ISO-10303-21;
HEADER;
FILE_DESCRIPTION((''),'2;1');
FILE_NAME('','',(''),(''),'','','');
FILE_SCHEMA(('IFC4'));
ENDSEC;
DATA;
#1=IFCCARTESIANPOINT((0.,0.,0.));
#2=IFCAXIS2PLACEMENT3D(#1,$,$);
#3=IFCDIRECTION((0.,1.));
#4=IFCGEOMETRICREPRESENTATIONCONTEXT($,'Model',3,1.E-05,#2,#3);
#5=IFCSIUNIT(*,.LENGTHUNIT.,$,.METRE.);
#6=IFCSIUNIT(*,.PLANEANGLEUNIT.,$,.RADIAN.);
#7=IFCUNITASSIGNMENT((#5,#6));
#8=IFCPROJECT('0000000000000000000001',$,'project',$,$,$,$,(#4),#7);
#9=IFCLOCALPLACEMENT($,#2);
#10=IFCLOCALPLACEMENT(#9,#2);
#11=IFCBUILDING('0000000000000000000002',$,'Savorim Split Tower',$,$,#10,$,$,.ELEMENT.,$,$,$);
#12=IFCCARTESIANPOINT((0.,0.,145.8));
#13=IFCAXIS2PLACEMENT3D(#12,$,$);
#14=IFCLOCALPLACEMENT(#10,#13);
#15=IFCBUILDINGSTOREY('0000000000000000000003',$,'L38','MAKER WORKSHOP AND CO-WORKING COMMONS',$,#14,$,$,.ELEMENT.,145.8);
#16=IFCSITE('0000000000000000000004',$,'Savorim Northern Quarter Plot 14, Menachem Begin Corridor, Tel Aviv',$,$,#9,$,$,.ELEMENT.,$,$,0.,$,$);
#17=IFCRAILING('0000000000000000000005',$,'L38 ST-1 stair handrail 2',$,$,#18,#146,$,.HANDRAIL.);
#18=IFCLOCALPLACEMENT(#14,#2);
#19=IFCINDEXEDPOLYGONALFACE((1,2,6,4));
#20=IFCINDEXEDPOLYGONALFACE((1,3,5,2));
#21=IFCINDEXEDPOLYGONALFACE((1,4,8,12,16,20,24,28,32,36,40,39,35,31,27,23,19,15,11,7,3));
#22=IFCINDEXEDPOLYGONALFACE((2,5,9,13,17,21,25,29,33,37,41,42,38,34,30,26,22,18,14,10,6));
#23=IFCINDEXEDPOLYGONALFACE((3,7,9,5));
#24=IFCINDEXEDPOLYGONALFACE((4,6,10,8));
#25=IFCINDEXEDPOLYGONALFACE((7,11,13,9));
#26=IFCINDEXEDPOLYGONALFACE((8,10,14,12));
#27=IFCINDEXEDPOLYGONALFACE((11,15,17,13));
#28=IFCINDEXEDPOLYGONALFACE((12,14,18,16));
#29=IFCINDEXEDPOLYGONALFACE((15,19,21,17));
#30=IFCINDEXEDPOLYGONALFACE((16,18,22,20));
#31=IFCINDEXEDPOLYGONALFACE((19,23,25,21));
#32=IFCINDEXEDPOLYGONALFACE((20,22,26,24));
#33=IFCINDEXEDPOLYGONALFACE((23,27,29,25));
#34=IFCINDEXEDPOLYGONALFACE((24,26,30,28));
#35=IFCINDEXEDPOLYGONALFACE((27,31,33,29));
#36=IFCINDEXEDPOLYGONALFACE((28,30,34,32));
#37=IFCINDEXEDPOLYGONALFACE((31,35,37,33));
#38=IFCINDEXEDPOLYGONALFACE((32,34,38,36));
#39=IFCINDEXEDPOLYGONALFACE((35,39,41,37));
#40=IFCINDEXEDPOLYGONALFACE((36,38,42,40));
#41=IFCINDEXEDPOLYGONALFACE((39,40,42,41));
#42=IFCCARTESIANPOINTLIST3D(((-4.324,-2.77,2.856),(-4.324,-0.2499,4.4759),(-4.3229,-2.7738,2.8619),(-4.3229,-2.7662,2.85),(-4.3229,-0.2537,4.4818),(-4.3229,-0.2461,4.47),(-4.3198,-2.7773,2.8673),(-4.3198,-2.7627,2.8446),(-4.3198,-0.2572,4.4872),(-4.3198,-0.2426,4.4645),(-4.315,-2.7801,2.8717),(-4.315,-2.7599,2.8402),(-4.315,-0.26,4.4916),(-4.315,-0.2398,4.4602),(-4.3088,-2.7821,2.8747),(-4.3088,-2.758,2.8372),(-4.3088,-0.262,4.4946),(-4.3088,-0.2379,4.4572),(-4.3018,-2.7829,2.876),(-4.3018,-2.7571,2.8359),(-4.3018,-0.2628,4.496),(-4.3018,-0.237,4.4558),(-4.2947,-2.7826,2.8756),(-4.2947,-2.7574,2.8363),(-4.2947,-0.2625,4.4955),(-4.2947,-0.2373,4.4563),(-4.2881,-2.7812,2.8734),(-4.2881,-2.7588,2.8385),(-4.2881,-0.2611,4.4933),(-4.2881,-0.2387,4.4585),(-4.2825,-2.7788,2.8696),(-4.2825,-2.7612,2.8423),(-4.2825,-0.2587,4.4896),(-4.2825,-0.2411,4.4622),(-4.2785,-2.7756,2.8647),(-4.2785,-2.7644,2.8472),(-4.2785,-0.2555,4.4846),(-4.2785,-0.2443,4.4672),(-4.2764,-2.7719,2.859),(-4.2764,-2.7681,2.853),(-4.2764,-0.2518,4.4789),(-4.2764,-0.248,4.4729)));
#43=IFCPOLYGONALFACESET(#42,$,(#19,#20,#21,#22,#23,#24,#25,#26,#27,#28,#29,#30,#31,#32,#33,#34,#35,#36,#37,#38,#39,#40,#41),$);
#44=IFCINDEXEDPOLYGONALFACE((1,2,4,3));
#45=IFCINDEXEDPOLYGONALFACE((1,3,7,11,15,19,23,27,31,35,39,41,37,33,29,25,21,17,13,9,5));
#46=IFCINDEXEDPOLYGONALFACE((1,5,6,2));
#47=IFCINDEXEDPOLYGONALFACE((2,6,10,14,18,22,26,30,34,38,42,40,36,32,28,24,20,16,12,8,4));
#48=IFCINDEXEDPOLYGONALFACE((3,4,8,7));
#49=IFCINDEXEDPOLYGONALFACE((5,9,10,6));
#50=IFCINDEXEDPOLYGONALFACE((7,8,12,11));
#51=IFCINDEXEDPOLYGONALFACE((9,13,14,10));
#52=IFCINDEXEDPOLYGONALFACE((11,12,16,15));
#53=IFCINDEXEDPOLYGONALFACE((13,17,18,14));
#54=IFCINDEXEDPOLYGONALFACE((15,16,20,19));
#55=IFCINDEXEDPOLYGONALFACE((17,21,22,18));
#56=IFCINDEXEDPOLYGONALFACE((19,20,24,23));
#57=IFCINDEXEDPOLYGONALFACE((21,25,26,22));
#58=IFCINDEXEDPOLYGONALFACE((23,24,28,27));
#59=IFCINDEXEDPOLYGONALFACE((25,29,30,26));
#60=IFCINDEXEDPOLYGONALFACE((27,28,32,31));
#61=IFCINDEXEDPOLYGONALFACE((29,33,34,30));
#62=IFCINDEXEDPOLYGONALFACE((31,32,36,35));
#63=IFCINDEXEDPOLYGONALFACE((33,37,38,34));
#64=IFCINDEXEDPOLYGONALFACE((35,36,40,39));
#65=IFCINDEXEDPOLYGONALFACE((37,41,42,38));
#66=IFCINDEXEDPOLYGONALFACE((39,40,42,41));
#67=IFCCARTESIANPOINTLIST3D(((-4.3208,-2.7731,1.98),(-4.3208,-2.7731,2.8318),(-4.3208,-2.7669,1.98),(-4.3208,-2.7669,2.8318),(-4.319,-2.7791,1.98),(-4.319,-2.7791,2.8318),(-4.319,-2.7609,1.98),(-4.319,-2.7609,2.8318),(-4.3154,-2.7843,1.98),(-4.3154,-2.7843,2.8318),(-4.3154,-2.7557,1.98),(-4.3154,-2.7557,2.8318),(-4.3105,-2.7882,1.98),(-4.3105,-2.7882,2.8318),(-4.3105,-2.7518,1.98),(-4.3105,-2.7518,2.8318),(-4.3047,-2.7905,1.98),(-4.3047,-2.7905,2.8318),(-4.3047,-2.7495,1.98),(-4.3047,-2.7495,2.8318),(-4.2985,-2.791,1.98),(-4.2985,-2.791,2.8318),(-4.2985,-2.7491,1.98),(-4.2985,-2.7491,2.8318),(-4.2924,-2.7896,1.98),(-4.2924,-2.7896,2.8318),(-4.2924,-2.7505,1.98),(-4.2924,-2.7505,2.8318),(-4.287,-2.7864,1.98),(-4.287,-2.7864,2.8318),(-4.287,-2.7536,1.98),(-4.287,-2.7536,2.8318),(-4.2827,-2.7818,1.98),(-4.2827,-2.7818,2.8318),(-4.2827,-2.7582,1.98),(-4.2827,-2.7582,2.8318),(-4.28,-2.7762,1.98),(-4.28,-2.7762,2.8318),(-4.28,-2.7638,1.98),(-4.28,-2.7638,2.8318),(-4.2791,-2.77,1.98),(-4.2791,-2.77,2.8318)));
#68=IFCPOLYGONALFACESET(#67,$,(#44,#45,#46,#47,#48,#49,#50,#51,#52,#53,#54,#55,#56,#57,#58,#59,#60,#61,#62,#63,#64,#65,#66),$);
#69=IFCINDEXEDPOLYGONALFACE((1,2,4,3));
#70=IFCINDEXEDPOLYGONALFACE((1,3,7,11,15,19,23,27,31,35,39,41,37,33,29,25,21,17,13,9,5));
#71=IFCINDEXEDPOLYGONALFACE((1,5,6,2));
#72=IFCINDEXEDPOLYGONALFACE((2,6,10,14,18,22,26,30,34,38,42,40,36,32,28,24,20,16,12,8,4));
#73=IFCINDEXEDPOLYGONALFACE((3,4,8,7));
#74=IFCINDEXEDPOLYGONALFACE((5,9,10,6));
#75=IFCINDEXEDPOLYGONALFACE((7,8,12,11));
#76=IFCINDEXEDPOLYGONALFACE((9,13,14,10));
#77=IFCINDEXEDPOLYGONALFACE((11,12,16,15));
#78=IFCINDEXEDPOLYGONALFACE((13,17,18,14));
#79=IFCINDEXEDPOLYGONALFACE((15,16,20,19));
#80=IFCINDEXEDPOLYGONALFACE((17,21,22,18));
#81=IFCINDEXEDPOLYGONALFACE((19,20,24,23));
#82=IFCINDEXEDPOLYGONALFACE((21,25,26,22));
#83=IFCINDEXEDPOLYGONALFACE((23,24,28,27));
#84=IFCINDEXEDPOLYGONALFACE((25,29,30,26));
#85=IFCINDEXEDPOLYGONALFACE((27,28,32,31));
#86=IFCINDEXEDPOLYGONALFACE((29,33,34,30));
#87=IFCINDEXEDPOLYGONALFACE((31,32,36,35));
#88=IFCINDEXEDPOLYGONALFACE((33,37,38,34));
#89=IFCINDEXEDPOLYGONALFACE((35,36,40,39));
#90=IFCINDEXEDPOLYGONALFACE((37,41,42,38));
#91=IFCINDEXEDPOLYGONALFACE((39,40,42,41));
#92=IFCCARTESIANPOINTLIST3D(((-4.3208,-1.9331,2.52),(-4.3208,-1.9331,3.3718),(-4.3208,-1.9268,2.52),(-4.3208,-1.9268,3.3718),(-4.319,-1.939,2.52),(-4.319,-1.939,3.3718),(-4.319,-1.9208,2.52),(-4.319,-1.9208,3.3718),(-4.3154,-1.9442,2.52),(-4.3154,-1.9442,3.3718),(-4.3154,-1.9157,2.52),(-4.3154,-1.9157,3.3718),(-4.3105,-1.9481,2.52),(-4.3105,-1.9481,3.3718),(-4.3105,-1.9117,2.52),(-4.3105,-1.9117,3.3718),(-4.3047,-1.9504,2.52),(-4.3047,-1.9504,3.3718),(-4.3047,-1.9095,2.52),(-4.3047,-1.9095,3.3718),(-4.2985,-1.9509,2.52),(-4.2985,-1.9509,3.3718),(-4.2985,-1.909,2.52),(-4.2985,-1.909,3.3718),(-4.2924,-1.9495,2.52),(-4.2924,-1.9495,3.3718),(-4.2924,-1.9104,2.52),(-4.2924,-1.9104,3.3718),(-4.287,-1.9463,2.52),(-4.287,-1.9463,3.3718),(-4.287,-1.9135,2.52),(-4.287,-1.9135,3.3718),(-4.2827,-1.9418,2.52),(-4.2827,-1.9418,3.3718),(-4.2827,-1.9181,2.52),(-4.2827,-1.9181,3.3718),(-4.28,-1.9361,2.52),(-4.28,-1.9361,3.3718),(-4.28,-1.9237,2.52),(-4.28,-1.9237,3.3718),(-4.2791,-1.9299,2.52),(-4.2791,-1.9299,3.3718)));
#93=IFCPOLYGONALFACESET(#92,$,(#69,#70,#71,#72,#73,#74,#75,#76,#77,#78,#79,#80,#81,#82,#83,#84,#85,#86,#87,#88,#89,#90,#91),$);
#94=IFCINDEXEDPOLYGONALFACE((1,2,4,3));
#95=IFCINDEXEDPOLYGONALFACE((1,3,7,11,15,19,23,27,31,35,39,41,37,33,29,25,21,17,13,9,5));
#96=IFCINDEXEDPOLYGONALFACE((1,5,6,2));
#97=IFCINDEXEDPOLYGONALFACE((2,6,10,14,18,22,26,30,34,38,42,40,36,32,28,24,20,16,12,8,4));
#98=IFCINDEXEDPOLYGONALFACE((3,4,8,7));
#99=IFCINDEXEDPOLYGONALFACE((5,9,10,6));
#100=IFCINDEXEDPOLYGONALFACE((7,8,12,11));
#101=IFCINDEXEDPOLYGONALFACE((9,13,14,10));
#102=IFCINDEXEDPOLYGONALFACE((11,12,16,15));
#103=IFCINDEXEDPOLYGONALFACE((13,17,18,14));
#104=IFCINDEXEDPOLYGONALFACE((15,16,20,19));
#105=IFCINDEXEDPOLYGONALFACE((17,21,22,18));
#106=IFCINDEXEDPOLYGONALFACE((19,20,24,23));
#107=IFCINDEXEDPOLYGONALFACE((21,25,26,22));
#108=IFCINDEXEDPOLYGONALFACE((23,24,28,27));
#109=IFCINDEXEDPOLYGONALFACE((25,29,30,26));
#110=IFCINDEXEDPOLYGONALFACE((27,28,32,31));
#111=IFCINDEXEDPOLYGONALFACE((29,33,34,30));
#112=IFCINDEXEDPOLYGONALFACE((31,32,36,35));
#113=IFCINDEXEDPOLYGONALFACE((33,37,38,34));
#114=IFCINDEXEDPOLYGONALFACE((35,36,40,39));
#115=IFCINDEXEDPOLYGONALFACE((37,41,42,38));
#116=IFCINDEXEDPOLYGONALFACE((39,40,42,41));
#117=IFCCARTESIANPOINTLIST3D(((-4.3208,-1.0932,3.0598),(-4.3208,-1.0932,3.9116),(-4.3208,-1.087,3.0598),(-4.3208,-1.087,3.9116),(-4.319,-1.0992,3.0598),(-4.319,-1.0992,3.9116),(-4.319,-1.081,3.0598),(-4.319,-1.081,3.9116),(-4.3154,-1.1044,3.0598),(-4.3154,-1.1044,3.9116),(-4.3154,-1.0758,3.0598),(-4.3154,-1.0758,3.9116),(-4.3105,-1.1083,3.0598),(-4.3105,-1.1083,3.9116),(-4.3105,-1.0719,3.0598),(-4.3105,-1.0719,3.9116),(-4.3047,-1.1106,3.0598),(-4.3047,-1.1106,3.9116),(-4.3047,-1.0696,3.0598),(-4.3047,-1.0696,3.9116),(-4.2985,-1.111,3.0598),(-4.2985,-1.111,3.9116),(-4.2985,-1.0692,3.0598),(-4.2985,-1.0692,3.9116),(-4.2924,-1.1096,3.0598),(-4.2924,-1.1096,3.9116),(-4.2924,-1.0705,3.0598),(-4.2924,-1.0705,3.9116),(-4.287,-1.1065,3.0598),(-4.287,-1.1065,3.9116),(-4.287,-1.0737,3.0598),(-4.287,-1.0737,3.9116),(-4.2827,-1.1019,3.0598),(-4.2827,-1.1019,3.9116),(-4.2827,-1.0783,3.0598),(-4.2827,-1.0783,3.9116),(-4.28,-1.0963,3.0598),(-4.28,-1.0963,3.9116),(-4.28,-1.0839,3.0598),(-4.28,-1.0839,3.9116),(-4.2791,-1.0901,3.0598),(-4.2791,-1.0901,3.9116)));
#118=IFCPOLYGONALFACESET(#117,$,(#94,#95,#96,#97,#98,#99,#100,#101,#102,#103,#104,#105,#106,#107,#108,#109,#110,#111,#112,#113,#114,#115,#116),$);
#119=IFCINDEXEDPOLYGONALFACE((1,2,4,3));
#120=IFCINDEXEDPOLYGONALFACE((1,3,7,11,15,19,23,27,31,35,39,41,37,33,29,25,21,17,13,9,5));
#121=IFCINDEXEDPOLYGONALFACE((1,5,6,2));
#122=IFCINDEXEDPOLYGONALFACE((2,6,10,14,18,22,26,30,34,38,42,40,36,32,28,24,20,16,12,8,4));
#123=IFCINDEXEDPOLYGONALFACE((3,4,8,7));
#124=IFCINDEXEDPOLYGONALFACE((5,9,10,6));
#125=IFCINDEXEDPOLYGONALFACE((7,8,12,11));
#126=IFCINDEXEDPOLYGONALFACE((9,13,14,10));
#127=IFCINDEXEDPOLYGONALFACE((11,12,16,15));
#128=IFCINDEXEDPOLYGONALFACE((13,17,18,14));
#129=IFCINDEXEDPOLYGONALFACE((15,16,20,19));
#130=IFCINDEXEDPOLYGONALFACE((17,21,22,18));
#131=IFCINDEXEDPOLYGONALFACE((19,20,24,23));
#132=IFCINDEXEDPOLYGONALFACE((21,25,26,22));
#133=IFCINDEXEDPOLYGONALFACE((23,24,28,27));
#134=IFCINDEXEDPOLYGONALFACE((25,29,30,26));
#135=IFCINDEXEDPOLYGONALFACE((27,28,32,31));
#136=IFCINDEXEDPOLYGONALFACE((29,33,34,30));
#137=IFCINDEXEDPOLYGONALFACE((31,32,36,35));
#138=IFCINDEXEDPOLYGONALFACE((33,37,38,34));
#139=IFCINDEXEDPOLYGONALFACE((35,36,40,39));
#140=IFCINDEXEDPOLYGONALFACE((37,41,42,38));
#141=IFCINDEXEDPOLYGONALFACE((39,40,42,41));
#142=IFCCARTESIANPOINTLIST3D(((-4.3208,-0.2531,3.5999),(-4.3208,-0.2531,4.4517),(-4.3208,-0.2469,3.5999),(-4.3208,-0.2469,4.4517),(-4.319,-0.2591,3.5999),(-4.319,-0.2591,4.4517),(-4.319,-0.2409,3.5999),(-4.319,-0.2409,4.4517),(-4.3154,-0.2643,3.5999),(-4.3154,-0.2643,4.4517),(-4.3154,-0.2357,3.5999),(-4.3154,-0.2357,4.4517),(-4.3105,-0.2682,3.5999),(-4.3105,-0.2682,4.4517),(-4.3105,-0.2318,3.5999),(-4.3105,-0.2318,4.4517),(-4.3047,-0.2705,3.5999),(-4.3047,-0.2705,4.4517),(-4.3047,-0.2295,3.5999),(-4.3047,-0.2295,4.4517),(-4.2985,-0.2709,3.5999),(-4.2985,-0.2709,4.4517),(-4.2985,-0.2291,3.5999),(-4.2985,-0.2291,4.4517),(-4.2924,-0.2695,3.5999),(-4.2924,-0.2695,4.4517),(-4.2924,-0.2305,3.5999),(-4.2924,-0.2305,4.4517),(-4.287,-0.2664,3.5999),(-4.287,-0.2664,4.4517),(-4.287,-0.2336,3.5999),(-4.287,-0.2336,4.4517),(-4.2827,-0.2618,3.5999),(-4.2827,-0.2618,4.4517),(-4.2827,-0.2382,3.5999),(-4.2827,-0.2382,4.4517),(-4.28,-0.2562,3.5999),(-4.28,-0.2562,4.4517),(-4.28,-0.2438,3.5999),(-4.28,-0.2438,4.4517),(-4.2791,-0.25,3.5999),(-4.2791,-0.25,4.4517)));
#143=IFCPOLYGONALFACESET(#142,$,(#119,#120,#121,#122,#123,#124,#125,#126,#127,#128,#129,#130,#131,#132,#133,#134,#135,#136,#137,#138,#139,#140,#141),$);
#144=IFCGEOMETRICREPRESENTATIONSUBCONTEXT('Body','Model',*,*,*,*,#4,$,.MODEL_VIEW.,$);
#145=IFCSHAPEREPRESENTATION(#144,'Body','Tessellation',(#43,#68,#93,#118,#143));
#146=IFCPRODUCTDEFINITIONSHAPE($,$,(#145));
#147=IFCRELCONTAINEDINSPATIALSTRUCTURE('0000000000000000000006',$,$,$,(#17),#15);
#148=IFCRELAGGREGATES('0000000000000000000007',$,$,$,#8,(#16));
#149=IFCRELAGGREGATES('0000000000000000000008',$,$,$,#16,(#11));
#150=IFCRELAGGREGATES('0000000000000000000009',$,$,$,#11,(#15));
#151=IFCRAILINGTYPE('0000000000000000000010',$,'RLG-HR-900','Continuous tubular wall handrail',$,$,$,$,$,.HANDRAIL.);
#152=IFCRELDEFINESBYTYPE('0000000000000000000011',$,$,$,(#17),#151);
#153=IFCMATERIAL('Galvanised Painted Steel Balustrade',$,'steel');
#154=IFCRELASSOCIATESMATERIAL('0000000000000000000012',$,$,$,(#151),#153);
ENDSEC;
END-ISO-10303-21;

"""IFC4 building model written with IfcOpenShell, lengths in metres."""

from ifc_helpers import new_model, si_unit, direction, frame, origin, origin_2d, place, context, subcontext, project, spatial, circle, extrude, material, type_object, element, save


model = new_model("IFC4")

# Units and contexts
model_context = context("Model", 3, precision=1e-05, world=origin(), true_north=direction((0.0, 1.0)))
body_context = subcontext(model_context, "Body", "Model", "MODEL_VIEW")
ifc_project = project(units=[si_unit("LENGTHUNIT", "METRE"), si_unit("PLANEANGLEUNIT", "RADIAN")], contexts=[model_context])

# Site, building, storey
site_placement = place(None, origin())
site = spatial("IfcSite", under=ifc_project, at=site_placement, Name="Savorim Northern Quarter Plot 14, Menachem Begin Corridor, Tel Aviv", CompositionType="ELEMENT", RefElevation=0.0)
building_placement = place(site_placement, origin())
building = spatial("IfcBuilding", under=site, at=building_placement, Name="Savorim Split Tower", CompositionType="ELEMENT")
storey_placement = place(building_placement, frame((0.0, 0.0, 145.8)))
storey = spatial("IfcBuildingStorey", under=building, at=storey_placement, Name="L38", Description="MAKER WORKSHOP AND CO-WORKING COMMONS", CompositionType="ELEMENT", Elevation=145.8)

# Railing
ifc_material_1 = material(Name="Galvanised Painted Steel Balustrade", Category="steel")
railing_type_1 = type_object("IfcRailingType", Name="RLG-HR-900", Description="Continuous tubular wall handrail", PredefinedType="HANDRAIL", material=ifc_material_1)
railing_1_placement = place(storey_placement, frame((-4.3, -2.77, 1.98)))
element("IfcRailing", 1, at=railing_1_placement, inside=storey, type_object=railing_type_1, Name="L38 ST-1 stair handrail 2", PredefinedType="HANDRAIL", context=body_context, shape_type="SweptSolid", body=[
    extrude(circle(Radius=0.0239, at=origin_2d()), frame((0.0, 0.0, 0.876), z_axis=(0.0, 0.8412, 0.540725), x_axis=(-1.0, 0.0, 0.0)), (0.0, 0.0, 1.0), 2.9958),
    extrude(circle(Radius=0.021, at=origin_2d()), origin(), (0.0, 0.0, 1.0), 0.8518),
    extrude(circle(Radius=0.021, at=origin_2d()), frame((0.0, 0.8401, 0.54)), (0.0, 0.0, 1.0), 0.8518),
    extrude(circle(Radius=0.021, at=origin_2d()), frame((0.0, 1.6799, 1.0798)), (0.0, 0.0, 1.0), 0.8518),
    extrude(circle(Radius=0.021, at=origin_2d()), frame((0.0, 2.52, 1.6199)), (0.0, 0.0, 1.0), 0.8518),
])

save(model, "model.ifc")
